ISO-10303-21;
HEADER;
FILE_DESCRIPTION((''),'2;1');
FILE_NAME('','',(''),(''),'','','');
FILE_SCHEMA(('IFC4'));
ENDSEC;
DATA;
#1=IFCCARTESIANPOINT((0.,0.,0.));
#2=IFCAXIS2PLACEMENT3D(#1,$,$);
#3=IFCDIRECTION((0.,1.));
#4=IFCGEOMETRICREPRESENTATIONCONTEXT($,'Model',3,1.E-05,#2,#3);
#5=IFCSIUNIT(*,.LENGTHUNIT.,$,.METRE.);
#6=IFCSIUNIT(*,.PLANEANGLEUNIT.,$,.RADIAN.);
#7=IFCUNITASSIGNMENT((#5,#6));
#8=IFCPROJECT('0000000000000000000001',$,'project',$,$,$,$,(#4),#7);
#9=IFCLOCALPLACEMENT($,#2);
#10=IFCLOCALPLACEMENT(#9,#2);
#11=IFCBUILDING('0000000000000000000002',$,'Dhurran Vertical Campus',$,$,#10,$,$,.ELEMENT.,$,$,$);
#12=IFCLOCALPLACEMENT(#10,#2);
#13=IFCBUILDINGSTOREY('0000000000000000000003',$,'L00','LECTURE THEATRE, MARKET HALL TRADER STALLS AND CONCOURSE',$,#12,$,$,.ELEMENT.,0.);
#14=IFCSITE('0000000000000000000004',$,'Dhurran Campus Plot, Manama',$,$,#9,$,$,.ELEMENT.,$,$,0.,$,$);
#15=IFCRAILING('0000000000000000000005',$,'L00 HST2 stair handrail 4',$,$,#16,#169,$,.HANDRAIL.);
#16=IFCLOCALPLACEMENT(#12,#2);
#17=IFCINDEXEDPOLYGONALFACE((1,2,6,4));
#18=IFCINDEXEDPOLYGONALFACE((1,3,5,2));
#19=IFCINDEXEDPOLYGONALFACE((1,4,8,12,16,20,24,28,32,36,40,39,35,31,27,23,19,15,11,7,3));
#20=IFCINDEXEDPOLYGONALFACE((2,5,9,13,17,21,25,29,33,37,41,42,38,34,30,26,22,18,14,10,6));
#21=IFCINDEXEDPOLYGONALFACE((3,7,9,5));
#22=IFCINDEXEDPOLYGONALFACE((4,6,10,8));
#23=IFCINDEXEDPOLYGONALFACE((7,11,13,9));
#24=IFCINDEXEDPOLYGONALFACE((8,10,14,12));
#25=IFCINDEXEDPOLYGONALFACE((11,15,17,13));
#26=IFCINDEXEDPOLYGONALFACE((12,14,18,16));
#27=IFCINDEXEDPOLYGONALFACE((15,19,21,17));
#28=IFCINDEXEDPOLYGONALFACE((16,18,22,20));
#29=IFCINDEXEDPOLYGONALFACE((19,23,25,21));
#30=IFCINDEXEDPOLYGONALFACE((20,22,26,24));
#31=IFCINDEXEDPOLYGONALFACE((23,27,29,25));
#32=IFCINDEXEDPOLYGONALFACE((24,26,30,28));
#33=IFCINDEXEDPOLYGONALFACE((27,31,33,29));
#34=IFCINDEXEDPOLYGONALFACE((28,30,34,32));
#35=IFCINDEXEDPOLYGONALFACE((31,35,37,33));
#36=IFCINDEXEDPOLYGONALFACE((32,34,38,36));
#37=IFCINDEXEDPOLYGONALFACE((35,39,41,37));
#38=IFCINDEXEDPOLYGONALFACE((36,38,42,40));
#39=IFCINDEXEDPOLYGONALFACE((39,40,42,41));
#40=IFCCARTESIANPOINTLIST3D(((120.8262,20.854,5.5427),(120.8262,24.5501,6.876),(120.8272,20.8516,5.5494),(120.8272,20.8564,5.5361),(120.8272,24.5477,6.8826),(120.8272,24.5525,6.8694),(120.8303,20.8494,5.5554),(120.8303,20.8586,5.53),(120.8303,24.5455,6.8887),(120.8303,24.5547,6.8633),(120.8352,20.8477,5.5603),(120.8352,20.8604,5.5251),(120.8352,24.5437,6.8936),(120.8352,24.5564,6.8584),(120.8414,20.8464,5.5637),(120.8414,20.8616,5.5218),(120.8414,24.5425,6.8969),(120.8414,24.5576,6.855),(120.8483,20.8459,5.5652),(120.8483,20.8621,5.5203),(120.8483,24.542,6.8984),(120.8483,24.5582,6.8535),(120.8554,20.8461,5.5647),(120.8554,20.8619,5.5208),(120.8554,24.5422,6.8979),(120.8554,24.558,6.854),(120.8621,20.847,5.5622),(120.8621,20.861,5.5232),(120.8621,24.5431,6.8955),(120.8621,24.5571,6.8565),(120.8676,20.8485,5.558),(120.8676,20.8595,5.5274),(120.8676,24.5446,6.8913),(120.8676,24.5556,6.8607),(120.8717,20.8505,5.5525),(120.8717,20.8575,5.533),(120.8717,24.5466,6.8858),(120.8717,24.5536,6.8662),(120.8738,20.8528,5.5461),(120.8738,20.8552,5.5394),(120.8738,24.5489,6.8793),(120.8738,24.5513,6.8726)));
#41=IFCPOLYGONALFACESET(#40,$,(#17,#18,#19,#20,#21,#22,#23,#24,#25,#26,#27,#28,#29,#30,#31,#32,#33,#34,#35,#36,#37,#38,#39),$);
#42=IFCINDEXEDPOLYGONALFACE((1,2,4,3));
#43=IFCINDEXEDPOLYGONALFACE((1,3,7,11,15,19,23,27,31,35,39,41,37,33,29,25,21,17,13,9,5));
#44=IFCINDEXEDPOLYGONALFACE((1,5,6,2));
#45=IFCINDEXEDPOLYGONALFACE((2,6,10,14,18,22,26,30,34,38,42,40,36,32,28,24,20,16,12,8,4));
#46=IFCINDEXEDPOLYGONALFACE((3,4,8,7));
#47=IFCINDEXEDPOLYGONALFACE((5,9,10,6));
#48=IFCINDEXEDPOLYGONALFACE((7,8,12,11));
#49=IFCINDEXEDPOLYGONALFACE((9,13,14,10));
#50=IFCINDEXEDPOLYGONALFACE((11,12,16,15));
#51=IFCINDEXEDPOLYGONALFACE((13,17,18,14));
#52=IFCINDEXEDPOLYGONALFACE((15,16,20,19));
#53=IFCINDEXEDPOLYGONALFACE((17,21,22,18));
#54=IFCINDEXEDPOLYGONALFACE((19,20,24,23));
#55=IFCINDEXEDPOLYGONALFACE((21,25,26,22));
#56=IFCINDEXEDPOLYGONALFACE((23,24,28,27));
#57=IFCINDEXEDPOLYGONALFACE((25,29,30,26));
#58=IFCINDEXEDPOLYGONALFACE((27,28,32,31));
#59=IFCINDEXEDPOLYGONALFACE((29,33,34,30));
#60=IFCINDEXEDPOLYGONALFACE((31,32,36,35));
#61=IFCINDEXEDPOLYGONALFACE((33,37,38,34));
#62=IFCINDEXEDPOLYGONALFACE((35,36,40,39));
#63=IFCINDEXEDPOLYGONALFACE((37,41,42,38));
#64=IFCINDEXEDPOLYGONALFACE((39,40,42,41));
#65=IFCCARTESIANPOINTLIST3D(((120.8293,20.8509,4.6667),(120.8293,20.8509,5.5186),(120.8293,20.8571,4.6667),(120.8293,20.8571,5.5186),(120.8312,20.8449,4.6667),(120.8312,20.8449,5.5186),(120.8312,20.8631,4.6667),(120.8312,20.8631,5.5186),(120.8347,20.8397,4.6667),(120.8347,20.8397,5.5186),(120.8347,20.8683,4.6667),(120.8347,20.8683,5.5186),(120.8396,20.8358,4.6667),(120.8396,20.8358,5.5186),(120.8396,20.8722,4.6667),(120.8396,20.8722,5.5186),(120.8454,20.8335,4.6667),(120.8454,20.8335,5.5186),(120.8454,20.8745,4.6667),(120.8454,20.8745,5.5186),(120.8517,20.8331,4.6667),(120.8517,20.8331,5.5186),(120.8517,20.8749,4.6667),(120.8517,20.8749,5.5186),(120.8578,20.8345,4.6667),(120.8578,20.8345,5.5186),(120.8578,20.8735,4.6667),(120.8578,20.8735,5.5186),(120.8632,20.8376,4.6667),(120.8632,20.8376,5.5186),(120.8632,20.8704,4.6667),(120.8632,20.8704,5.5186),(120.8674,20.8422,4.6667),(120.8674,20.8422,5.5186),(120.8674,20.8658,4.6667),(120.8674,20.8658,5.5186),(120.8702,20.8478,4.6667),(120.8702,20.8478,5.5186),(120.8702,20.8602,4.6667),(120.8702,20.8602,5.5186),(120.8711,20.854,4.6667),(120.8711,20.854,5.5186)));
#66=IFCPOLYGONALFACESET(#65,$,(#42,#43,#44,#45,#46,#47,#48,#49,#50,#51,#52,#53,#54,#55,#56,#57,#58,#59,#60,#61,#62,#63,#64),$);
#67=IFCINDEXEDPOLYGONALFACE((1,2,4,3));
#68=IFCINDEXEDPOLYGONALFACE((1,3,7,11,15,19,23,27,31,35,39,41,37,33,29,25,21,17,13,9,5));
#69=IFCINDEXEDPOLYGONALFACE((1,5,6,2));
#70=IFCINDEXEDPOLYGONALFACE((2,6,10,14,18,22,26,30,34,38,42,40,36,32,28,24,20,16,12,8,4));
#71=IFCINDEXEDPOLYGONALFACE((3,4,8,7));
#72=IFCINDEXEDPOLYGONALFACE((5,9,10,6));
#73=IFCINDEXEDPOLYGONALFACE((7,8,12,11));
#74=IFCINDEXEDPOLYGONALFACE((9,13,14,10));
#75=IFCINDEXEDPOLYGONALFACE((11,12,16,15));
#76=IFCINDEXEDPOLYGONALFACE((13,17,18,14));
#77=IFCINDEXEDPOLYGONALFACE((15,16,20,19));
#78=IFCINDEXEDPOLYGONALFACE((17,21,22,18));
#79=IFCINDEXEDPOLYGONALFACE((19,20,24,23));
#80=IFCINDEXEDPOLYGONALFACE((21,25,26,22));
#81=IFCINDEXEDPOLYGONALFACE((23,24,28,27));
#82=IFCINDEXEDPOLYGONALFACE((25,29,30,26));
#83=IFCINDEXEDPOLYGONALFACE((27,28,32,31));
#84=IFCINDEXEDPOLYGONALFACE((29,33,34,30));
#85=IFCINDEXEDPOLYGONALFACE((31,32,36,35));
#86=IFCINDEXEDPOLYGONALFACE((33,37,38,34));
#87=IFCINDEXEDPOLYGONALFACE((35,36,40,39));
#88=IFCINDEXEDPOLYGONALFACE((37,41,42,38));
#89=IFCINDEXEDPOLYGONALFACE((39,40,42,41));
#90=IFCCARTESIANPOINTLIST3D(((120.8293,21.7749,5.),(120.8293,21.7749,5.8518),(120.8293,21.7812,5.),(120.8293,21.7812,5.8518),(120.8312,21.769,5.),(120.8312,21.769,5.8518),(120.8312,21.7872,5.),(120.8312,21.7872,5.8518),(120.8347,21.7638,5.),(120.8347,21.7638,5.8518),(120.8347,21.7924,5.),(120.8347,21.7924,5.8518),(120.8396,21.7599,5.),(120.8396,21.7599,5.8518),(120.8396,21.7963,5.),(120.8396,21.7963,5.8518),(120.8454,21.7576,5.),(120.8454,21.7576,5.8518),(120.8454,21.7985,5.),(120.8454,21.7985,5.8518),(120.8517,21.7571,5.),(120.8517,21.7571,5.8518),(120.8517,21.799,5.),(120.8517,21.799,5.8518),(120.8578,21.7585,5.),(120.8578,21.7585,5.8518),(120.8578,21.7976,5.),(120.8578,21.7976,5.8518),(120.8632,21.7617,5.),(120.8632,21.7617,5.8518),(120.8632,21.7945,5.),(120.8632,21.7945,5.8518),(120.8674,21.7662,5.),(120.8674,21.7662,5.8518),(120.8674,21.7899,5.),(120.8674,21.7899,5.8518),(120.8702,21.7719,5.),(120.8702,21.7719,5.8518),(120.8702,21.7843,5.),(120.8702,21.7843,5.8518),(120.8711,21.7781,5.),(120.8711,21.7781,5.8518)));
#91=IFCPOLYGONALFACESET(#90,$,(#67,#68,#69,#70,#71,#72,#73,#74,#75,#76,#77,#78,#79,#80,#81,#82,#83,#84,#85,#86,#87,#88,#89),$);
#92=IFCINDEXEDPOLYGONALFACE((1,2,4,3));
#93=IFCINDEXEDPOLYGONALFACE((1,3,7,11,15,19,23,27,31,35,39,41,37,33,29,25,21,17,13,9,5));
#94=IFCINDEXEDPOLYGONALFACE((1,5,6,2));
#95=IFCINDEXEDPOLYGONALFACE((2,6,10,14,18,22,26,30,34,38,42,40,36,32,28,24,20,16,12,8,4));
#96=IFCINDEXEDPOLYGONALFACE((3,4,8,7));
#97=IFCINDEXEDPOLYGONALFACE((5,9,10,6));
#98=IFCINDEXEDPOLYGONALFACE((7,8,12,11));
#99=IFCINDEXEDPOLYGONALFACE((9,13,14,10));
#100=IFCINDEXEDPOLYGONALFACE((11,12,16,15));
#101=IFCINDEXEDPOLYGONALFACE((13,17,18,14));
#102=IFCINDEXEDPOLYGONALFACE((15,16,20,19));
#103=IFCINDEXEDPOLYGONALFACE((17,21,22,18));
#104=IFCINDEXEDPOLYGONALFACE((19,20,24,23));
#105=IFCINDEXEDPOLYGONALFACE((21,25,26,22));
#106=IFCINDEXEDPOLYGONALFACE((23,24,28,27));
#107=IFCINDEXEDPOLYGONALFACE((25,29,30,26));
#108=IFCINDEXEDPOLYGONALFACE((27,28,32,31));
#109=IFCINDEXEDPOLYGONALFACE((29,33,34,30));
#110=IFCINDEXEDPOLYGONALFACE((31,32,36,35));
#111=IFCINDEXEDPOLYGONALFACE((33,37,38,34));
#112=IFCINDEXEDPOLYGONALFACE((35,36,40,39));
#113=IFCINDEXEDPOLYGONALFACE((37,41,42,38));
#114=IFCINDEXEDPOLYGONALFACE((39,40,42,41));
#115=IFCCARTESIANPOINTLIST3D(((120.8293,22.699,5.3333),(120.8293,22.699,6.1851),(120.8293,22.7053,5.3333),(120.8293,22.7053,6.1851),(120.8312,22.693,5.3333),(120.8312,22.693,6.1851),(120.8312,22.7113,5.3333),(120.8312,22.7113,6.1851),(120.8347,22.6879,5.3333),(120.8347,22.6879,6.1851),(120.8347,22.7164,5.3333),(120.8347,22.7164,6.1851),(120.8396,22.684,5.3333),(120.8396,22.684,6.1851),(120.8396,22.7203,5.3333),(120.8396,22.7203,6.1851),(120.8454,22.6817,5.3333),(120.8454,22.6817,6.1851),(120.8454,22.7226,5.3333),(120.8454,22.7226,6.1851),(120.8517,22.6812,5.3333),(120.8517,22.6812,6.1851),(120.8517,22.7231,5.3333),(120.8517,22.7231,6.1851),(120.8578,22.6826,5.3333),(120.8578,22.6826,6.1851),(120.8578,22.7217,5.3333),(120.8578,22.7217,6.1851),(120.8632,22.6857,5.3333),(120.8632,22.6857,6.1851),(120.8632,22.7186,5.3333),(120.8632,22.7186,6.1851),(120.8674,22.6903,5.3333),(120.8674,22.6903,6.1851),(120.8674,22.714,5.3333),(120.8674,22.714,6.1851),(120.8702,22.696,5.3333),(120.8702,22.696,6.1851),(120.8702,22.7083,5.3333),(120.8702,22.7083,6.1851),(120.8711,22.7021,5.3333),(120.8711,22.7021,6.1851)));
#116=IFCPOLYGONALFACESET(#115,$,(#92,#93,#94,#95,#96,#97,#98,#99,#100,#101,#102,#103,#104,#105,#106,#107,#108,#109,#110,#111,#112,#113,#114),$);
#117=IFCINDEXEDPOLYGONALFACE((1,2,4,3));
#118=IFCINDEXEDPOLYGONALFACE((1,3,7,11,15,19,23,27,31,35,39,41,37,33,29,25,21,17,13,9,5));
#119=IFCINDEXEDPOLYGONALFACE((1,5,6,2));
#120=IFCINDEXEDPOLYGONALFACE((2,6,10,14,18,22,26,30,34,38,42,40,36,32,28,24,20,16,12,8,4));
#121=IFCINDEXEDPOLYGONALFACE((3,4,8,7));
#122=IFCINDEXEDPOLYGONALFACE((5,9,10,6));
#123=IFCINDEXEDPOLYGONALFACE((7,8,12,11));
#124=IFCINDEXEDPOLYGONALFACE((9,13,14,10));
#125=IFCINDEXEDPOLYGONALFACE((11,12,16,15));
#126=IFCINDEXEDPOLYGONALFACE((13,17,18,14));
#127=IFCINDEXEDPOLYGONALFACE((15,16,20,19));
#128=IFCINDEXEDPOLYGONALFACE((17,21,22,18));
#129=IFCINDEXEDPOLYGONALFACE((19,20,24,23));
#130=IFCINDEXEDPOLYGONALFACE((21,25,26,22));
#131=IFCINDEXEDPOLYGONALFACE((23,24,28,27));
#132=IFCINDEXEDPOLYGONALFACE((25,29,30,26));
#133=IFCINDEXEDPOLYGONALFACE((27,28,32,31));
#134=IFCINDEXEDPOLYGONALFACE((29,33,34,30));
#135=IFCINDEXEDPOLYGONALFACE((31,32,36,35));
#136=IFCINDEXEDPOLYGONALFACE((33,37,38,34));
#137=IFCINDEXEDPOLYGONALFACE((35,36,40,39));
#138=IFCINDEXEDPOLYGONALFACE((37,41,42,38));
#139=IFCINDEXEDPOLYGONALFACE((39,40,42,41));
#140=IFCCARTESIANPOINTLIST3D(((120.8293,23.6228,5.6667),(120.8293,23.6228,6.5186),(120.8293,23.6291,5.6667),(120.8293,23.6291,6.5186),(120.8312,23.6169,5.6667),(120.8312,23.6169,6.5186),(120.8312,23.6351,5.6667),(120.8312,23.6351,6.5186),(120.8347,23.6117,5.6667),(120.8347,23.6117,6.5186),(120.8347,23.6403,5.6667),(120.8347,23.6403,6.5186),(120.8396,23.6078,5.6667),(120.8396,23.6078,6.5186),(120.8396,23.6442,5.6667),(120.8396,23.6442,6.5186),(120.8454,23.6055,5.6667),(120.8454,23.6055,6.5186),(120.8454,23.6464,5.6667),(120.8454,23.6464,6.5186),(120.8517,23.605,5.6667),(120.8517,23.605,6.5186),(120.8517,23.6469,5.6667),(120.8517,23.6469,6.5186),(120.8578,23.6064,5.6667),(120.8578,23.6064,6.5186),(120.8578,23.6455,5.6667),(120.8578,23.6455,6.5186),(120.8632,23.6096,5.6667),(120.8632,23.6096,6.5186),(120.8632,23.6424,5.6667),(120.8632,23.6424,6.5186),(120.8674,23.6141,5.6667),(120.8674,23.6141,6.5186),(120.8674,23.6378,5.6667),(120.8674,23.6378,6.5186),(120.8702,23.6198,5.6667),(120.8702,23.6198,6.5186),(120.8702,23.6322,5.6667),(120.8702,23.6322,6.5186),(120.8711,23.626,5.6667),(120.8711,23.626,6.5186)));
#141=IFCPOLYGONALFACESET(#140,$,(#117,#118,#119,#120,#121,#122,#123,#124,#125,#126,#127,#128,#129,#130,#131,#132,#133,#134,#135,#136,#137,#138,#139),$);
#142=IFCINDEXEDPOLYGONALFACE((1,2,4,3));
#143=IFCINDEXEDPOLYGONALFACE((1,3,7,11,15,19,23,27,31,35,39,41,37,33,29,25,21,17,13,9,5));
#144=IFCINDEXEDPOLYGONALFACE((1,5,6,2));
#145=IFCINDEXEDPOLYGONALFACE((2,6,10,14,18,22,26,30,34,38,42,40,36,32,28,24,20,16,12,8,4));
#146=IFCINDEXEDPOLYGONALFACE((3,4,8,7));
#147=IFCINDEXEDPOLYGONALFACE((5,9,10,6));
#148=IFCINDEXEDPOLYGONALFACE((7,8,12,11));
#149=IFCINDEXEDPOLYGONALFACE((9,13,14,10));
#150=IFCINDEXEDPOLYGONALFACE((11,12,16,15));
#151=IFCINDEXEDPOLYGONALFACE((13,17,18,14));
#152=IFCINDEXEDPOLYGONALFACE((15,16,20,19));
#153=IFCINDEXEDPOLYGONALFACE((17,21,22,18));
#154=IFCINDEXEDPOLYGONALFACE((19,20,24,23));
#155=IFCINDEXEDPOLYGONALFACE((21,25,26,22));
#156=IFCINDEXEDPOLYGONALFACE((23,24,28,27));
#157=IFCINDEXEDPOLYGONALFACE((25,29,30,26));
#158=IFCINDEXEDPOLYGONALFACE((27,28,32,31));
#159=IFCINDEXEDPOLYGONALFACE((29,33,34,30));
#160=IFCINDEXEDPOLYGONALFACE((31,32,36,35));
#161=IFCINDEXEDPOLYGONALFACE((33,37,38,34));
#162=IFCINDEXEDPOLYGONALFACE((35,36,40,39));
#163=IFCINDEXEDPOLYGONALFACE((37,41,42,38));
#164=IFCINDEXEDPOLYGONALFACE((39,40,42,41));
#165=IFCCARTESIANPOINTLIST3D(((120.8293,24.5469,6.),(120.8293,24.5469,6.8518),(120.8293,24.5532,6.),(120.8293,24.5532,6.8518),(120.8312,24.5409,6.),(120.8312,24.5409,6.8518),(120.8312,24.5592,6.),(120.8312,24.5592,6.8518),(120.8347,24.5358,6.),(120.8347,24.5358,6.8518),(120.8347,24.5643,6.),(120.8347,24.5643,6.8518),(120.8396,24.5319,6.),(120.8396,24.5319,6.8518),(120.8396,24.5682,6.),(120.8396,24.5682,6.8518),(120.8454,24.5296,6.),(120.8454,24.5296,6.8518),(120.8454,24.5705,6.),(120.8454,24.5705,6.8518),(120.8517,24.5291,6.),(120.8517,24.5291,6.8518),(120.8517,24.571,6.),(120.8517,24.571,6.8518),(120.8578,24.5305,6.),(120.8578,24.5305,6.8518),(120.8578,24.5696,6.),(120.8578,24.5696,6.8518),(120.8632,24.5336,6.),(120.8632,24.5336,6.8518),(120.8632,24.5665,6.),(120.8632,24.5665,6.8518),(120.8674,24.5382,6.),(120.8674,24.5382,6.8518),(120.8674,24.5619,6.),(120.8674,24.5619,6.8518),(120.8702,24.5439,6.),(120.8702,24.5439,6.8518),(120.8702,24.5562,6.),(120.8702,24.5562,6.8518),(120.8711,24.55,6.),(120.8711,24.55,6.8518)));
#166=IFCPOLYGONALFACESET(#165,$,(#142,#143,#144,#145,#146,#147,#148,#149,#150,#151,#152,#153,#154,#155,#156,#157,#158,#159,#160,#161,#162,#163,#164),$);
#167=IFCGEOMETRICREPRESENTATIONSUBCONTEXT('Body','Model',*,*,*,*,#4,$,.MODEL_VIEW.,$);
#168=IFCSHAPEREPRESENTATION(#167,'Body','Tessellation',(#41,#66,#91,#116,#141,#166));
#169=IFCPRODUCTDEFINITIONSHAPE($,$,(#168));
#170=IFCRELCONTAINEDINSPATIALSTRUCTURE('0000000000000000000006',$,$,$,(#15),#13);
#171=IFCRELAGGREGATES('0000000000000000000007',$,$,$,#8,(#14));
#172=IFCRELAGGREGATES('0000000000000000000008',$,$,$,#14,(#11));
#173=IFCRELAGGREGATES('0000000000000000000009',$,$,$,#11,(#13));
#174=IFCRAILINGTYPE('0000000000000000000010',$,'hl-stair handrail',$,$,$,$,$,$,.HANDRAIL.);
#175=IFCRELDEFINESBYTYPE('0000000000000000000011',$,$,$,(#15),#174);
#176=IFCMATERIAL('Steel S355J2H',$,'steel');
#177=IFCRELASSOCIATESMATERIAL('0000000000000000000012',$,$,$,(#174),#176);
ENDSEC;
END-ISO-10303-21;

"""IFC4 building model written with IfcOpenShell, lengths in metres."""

from ifc_helpers import new_model, si_unit, direction, frame, origin, origin_2d, place, context, subcontext, project, spatial, circle, extrude, material, type_object, element, save


model = new_model("IFC4")

# Units and contexts
model_context = context("Model", 3, precision=1e-05, world=origin(), true_north=direction((0.0, 1.0)))
body_context = subcontext(model_context, "Body", "Model", "MODEL_VIEW")
ifc_project = project(units=[si_unit("LENGTHUNIT", "METRE"), si_unit("PLANEANGLEUNIT", "RADIAN")], contexts=[model_context])

# Site, building, storey
site_placement = place(None, origin())
site = spatial("IfcSite", under=ifc_project, at=site_placement, Name="Dhurran Campus Plot, Manama", CompositionType="ELEMENT", RefElevation=0.0)
building_placement = place(site_placement, origin())
building = spatial("IfcBuilding", under=site, at=building_placement, Name="Dhurran Vertical Campus", CompositionType="ELEMENT")
storey_placement = place(building_placement, origin())
storey = spatial("IfcBuildingStorey", under=building, at=storey_placement, Name="L00", Description="LECTURE THEATRE, MARKET HALL TRADER STALLS AND CONCOURSE", CompositionType="ELEMENT", Elevation=0.0)

# Railing
ifc_material_1 = material(Name="Steel S355J2H", Category="steel")
railing_type_1 = type_object("IfcRailingType", Name="hl-stair handrail", PredefinedType="HANDRAIL", material=ifc_material_1)
railing_1_placement = place(storey_placement, frame((120.8501, 20.854, 4.6667)))
element("IfcRailing", 1, at=railing_1_placement, inside=storey, type_object=railing_type_1, Name="L00 HST2 stair handrail 4", PredefinedType="HANDRAIL", context=body_context, shape_type="SweptSolid", body=[
    extrude(circle(Radius=0.0239, at=origin_2d()), frame((0.0, 0.0, 0.876), z_axis=(0.0, 0.94067, 0.339322), x_axis=(-1.0, 0.0, 0.0)), (0.0, 0.0, 1.0), 3.9292),
    extrude(circle(Radius=0.021, at=origin_2d()), origin(), (0.0, 0.0, 1.0), 0.8518),
    extrude(circle(Radius=0.021, at=origin_2d()), frame((0.0, 0.9241, 0.3333)), (0.0, 0.0, 1.0), 0.8518),
    extrude(circle(Radius=0.021, at=origin_2d()), frame((0.0, 1.8481, 0.6665)), (0.0, 0.0, 1.0), 0.8518),
    extrude(circle(Radius=0.021, at=origin_2d()), frame((0.0, 2.772, 1.0)), (0.0, 0.0, 1.0), 0.8518),
    extrude(circle(Radius=0.021, at=origin_2d()), frame((0.0, 3.696, 1.3333)), (0.0, 0.0, 1.0), 0.8518),
])

save(model, "model.ifc")
